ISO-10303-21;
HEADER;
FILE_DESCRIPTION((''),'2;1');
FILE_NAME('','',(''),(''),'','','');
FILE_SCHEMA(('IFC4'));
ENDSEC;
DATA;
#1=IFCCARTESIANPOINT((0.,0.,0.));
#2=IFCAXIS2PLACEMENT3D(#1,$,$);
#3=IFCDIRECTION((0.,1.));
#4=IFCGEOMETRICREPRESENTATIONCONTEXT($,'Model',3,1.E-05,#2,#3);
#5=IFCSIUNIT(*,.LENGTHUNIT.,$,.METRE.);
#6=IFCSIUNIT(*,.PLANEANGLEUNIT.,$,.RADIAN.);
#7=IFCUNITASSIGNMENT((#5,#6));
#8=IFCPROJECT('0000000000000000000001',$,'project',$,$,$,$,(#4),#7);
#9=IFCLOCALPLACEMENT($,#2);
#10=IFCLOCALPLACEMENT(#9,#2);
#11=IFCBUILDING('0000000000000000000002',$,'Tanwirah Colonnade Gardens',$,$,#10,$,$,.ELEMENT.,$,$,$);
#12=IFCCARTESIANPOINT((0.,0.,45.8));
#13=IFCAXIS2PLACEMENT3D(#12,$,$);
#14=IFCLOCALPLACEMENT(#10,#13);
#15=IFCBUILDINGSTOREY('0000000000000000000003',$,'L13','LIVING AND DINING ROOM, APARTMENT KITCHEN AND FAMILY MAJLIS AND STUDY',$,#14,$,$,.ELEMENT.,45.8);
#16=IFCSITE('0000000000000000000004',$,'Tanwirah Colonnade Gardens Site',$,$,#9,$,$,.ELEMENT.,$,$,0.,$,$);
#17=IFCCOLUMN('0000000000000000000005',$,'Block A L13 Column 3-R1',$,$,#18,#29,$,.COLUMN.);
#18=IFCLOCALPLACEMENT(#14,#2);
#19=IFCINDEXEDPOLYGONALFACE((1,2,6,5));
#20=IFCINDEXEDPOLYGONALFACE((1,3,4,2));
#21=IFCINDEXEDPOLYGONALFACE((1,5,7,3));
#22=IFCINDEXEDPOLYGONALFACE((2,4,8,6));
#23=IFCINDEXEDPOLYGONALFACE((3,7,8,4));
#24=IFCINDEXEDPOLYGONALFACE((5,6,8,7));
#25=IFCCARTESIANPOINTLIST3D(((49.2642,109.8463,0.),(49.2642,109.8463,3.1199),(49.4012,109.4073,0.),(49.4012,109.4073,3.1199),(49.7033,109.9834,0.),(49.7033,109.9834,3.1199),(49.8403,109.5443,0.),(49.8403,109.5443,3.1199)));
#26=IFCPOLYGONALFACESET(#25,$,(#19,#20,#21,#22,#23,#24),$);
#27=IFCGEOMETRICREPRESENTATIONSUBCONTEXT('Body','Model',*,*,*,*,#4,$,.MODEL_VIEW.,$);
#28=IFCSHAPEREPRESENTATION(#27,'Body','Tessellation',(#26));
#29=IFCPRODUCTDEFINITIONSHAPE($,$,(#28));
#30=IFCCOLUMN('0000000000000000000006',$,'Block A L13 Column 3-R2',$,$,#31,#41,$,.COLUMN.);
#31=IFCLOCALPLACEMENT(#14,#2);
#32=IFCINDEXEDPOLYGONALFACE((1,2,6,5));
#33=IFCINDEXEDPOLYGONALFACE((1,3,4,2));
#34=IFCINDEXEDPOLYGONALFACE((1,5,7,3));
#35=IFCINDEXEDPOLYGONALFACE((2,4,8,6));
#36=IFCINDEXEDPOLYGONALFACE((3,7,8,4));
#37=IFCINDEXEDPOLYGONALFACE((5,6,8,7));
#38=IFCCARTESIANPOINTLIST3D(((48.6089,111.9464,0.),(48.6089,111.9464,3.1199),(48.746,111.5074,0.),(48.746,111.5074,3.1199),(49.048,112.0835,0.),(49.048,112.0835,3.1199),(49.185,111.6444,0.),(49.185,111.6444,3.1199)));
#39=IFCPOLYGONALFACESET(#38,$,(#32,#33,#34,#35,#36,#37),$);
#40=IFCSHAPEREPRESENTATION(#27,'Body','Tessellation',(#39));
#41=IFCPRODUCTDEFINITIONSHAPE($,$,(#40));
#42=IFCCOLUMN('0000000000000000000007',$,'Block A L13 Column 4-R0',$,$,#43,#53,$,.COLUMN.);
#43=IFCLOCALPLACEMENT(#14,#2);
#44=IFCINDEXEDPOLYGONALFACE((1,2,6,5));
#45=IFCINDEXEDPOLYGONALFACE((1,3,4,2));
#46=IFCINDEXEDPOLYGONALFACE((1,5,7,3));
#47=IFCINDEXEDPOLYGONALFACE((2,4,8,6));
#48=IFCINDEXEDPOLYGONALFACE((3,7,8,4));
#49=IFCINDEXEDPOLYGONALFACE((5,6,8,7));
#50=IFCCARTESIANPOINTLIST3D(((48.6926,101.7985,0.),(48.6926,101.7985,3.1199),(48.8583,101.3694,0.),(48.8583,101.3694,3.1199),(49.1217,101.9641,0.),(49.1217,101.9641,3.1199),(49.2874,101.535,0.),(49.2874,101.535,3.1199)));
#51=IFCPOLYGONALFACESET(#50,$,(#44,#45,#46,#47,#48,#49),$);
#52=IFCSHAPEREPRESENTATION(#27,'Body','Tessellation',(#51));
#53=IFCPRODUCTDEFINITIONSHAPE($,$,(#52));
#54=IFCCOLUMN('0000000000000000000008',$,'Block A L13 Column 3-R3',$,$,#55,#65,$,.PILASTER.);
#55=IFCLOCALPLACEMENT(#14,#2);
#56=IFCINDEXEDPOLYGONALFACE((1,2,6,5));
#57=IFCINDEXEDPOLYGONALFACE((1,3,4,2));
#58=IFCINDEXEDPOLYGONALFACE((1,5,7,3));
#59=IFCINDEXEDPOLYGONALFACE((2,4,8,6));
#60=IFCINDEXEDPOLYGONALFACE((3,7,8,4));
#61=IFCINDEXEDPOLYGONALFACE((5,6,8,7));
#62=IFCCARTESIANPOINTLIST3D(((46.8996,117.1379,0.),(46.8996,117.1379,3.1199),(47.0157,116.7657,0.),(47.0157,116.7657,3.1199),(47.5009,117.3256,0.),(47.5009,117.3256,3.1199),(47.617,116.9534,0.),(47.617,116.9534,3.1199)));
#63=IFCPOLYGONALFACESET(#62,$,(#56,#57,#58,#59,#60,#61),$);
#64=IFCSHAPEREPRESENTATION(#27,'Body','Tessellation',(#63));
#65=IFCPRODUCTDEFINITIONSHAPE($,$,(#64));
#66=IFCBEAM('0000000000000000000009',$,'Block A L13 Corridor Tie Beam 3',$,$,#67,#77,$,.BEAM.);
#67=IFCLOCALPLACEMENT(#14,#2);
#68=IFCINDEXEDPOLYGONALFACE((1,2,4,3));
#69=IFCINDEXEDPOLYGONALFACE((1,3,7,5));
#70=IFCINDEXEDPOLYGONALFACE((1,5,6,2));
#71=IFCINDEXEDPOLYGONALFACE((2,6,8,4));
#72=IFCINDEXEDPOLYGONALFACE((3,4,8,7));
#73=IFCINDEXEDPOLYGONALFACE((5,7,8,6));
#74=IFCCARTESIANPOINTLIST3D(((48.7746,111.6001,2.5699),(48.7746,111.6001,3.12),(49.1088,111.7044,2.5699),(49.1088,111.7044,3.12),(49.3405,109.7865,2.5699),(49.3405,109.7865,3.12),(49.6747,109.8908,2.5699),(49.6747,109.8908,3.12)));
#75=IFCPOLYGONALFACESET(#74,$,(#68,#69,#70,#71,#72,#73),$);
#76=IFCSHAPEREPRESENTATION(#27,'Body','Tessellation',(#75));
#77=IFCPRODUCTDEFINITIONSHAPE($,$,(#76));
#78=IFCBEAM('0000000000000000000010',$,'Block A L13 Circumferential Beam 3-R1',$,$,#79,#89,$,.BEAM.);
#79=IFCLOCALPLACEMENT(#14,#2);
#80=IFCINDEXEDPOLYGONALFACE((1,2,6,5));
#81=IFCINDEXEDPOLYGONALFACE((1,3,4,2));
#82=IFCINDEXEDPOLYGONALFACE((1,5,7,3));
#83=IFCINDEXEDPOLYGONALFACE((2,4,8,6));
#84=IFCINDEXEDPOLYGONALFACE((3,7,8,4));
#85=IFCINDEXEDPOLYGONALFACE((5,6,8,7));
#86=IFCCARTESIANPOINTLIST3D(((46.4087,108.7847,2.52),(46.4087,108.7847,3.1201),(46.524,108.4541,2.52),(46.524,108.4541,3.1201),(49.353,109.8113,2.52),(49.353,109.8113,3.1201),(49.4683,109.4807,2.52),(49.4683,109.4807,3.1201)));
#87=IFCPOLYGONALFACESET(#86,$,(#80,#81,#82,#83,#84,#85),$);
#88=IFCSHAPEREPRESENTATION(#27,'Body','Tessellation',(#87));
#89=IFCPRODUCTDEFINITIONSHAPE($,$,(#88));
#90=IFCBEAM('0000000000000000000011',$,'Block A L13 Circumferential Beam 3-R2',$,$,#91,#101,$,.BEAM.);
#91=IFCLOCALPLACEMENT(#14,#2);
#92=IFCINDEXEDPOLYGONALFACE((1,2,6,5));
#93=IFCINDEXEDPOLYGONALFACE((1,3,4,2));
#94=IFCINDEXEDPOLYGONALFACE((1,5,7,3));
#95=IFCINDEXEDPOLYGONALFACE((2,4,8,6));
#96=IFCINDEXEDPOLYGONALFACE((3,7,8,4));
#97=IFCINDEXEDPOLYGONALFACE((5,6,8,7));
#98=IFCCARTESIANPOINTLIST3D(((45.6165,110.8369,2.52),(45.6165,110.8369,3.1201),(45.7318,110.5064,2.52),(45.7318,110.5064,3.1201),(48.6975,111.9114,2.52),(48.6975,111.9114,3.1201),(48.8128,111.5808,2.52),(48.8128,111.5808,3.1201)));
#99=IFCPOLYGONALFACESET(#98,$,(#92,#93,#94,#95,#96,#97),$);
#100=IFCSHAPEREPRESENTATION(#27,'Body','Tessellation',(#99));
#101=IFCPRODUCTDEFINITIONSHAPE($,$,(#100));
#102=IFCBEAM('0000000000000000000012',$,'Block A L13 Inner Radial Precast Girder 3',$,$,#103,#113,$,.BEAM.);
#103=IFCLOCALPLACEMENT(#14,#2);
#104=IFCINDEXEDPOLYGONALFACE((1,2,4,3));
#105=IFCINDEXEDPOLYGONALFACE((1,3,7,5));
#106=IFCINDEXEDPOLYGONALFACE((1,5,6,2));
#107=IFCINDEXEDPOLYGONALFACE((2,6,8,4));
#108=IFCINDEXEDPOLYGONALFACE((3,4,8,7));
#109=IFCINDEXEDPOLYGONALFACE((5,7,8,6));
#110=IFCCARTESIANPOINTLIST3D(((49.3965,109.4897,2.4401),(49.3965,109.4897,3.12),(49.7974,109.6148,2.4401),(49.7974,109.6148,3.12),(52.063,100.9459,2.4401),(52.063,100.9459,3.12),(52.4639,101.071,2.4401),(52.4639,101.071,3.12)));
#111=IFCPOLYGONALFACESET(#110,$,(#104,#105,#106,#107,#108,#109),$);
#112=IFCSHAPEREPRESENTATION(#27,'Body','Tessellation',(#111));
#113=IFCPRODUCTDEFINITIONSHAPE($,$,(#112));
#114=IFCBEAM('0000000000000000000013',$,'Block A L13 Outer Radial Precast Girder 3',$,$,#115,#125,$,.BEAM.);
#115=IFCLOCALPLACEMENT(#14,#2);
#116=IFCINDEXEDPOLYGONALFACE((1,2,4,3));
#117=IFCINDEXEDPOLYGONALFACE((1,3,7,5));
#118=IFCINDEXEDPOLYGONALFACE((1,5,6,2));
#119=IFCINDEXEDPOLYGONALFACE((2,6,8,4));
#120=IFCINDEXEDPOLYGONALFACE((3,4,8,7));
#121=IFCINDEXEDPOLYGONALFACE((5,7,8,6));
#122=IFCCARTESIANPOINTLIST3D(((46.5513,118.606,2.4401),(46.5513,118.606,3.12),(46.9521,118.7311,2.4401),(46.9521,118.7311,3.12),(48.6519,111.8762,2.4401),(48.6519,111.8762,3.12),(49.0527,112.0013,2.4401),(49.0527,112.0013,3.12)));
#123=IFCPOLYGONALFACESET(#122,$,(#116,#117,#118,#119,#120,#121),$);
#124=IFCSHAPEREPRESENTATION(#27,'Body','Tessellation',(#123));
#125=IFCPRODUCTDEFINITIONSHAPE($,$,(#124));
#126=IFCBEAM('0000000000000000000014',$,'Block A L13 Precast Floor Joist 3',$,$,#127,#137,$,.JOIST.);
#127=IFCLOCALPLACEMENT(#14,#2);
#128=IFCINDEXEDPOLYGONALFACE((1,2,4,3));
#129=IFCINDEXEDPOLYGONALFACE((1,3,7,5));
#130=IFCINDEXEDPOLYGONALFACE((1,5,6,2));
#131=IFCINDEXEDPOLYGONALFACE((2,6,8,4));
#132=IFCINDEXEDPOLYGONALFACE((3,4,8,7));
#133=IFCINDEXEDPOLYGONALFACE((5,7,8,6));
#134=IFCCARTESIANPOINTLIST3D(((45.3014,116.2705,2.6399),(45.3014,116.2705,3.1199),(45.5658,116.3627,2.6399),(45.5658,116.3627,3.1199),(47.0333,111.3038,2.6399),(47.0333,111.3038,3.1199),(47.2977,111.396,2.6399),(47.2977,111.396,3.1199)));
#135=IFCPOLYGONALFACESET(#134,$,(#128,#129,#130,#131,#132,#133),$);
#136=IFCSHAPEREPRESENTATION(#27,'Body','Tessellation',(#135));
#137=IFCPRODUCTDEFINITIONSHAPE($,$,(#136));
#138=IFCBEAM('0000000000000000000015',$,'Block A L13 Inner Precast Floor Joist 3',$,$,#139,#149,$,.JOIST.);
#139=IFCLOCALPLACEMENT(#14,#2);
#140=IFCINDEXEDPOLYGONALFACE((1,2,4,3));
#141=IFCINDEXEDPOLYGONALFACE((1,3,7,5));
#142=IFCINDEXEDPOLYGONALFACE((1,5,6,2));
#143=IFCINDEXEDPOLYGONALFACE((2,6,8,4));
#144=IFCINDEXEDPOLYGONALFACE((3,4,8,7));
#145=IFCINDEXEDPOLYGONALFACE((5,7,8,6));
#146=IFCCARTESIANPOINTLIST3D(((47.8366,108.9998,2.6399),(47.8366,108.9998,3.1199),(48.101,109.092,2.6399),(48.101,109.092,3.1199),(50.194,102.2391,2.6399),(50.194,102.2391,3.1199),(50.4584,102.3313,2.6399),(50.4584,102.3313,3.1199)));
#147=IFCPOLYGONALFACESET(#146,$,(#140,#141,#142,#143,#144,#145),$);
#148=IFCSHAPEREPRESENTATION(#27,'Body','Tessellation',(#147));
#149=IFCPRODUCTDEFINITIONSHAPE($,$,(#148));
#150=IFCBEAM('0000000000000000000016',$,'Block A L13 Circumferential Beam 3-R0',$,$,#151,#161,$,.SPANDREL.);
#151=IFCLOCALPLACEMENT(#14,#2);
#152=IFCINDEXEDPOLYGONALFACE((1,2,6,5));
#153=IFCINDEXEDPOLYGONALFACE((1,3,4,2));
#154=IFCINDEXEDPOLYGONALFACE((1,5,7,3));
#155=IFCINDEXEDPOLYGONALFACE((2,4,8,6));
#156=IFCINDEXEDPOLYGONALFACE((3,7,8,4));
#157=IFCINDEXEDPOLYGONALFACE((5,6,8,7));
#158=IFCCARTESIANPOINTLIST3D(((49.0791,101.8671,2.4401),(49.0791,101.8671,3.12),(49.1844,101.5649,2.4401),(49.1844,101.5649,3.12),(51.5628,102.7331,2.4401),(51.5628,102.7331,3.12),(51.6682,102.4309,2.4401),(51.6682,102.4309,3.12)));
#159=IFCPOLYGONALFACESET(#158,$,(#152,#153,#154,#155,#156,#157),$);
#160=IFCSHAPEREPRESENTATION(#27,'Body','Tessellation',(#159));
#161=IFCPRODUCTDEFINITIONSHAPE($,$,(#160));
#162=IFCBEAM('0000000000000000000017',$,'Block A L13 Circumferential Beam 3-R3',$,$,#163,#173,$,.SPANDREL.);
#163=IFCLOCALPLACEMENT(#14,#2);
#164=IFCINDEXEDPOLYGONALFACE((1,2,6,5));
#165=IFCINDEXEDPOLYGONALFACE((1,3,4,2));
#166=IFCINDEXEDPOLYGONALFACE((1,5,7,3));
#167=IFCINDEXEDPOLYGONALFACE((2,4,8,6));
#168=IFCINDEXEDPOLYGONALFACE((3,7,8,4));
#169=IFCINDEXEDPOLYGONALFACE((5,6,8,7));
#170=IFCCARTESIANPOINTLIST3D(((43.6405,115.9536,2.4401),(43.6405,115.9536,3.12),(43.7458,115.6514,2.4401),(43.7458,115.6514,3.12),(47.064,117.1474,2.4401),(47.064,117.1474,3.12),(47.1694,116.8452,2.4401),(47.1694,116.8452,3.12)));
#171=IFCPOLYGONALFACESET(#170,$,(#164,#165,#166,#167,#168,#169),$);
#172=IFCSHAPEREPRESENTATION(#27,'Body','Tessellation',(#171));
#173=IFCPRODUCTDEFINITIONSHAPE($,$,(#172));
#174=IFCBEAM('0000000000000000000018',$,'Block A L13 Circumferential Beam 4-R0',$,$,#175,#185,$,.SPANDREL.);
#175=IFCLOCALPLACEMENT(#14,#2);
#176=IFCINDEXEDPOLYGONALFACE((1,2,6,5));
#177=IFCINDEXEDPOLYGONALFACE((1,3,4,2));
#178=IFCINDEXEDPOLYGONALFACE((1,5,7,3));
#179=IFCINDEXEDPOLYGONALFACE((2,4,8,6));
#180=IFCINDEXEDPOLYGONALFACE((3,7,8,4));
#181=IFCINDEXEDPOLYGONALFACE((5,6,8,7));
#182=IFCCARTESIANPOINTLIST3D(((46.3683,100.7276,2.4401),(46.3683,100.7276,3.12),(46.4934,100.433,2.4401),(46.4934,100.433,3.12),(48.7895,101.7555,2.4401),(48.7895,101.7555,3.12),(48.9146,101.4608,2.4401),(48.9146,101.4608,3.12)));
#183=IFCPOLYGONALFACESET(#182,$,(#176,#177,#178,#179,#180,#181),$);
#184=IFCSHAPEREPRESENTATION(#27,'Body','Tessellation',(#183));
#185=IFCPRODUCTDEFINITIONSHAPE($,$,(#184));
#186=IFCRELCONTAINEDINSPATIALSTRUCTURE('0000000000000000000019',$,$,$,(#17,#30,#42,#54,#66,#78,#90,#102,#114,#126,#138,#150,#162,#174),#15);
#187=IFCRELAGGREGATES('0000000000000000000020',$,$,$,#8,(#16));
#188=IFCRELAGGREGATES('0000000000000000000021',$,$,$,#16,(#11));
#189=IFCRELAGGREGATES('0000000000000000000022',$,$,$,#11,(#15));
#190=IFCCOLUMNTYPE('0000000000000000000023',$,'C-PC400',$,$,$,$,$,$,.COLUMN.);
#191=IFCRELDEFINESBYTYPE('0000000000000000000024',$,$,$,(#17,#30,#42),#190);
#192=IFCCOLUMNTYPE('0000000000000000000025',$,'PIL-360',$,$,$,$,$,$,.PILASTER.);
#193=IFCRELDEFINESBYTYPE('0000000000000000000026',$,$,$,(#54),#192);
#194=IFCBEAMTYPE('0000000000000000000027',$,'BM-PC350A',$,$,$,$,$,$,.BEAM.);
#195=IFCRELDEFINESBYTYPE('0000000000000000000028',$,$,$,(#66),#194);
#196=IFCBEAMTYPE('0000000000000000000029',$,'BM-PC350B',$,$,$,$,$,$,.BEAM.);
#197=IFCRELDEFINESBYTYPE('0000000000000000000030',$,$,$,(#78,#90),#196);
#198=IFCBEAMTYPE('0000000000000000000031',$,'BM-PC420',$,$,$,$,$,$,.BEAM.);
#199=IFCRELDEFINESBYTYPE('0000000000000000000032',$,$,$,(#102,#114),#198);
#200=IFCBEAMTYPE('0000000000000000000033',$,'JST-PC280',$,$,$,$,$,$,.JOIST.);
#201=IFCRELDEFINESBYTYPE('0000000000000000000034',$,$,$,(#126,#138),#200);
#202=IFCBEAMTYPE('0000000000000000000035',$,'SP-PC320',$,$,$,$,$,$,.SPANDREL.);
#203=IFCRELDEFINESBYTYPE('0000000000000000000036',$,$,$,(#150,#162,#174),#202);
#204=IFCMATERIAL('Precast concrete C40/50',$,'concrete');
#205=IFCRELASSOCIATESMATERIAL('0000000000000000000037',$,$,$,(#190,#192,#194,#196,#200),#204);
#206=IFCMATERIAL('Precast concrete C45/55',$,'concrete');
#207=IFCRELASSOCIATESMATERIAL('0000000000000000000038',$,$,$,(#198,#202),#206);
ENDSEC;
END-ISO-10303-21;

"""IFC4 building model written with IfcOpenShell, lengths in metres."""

from ifc_helpers import new_model, si_unit, direction, frame, origin, origin_2d, place, context, subcontext, project, spatial, rectangle, extrude, material, material_profile, profile_set, type_object, element, save


model = new_model("IFC4")

# Units and contexts
model_context = context("Model", 3, precision=1e-05, world=origin(), true_north=direction((0.0, 1.0)))
body_context = subcontext(model_context, "Body", "Model", "MODEL_VIEW")
ifc_project = project(units=[si_unit("LENGTHUNIT", "METRE"), si_unit("PLANEANGLEUNIT", "RADIAN")], contexts=[model_context])

# Site, building, storey
site_placement = place(None, origin())
site = spatial("IfcSite", under=ifc_project, at=site_placement, Name="Tanwirah Colonnade Gardens Site", CompositionType="ELEMENT", RefElevation=0.0)
building_placement = place(site_placement, origin())
building = spatial("IfcBuilding", under=site, at=building_placement, Name="Tanwirah Colonnade Gardens", CompositionType="ELEMENT")
storey_placement = place(building_placement, frame((0.0, 0.0, 45.8)))
storey = spatial("IfcBuildingStorey", under=building, at=storey_placement, Name="L13", Description="LIVING AND DINING ROOM, APARTMENT KITCHEN AND FAMILY MAJLIS AND STUDY", CompositionType="ELEMENT", Elevation=45.8)

# Columns
ifc_material_1 = material(Name="Precast concrete C40/50", Category="concrete")
ifc_material_profile_1 = material_profile(ifc_material_1, rectangle(XDim=0.46, YDim=0.46, at=origin_2d()), Name="PC-COL 460x460")
ifc_profile_set_1 = profile_set([ifc_material_profile_1], Name="Precast concrete C40/50")
column_type_1 = type_object("IfcColumnType", Name="C-PC400", PredefinedType="COLUMN", material=ifc_profile_set_1)
for number, where, z_axis, x_axis, name in (
    (1, (49.5522, 109.6953, 0.0), (0.0, 0.0, 1.0), (-0.29793, 0.954588, 0.0), "Block A L13 Column 3-R1"),
    (2, (48.897, 111.7954, 0.0), (0.0, 0.0, 1.0), (-0.29793, 0.954588, 0.0), "Block A L13 Column 3-R2"),
    (3, (48.99, 101.6667, 0.0), (0.0, 0.0, 1.0), (-0.360178, 0.932884, 0.0), "Block A L13 Column 4-R0"),
):
    element("IfcColumn", number, at=place(storey_placement, frame(where, z_axis=z_axis, x_axis=x_axis)), inside=storey, type_object=column_type_1, Name=name, PredefinedType="COLUMN", context=body_context, shape_type="SweptSolid", body=[
        extrude(rectangle(XDim=0.46, YDim=0.46, at=origin_2d()), origin(), (0.0, 0.0, 1.0), 3.1199),
    ])
ifc_material_profile_2 = material_profile(ifc_material_1, rectangle(XDim=0.3899, YDim=0.6299, at=origin_2d()), Name="PC-PIL 390x630")
ifc_profile_set_2 = profile_set([ifc_material_profile_2], Name="Precast concrete C40/50")
column_type_2 = type_object("IfcColumnType", Name="PIL-360", PredefinedType="PILASTER", material=ifc_profile_set_2)
column_placement = place(storey_placement, frame((47.2583, 117.0457, 0.0), z_axis=(0.0, 0.0, 1.0), x_axis=(-0.29793, 0.954588, 0.0)))
element("IfcColumn", 4, at=column_placement, inside=storey, type_object=column_type_2, Name="Block A L13 Column 3-R3", PredefinedType="PILASTER", context=body_context, shape_type="SweptSolid", body=[
    extrude(rectangle(XDim=0.3899, YDim=0.6299, at=origin_2d()), origin(), (0.0, 0.0, 1.0), 3.1199),
])

# Beams
ifc_material_profile_3 = material_profile(ifc_material_1, rectangle(XDim=0.3501, YDim=0.55, at=origin_2d()), Name="PC-BM 350x550")
ifc_profile_set_3 = profile_set([ifc_material_profile_3], Name="Precast concrete C40/50")
beam_type_1 = type_object("IfcBeamType", Name="BM-PC350A", PredefinedType="BEAM", material=ifc_profile_set_3)
beam_1_placement = place(storey_placement, frame((49.5076, 109.8386, 2.845), z_axis=(-0.297858, 0.95461, 0.0), x_axis=(-0.95461, -0.297858, 0.0)))
element("IfcBeam", 5, at=beam_1_placement, inside=storey, type_object=beam_type_1, Name="Block A L13 Corridor Tie Beam 3", PredefinedType="BEAM", context=body_context, shape_type="SweptSolid", body=[
    extrude(rectangle(XDim=0.3501, YDim=0.55, at=origin_2d()), origin(), (0.0, 0.0, 1.0), 1.8999),
])
ifc_material_profile_4 = material_profile(ifc_material_1, rectangle(XDim=0.3501, YDim=0.6001, at=origin_2d()), Name="PC-BM 350x600")
ifc_profile_set_4 = profile_set([ifc_material_profile_4], Name="Precast concrete C40/50")
beam_type_2 = type_object("IfcBeamType", Name="BM-PC350B", PredefinedType="BEAM", material=ifc_profile_set_4)
beam_2_placement = place(storey_placement, frame((49.4106, 109.646, 2.8201), z_axis=(-0.944248, -0.329234, 0.0), x_axis=(0.329234, -0.944248, 0.0)))
element("IfcBeam", 6, at=beam_2_placement, inside=storey, type_object=beam_type_2, Name="Block A L13 Circumferential Beam 3-R1", PredefinedType="BEAM", context=body_context, shape_type="SweptSolid", body=[
    extrude(rectangle(XDim=0.3501, YDim=0.6001, at=origin_2d()), origin(), (0.0, 0.0, 1.0), 3.1182),
])
beam_3_placement = place(storey_placement, frame((48.7551, 111.7461, 2.8201), z_axis=(-0.944231, -0.329284, 0.0), x_axis=(0.329284, -0.944231, 0.0)))
element("IfcBeam", 7, at=beam_3_placement, inside=storey, type_object=beam_type_2, Name="Block A L13 Circumferential Beam 3-R2", PredefinedType="BEAM", context=body_context, shape_type="SweptSolid", body=[
    extrude(rectangle(XDim=0.3501, YDim=0.6001, at=origin_2d()), origin(), (0.0, 0.0, 1.0), 3.2629),
])
ifc_material_2 = material(Name="Precast concrete C45/55", Category="concrete")
ifc_material_profile_5 = material_profile(ifc_material_2, rectangle(XDim=0.4199, YDim=0.6799, at=origin_2d()), Name="PC-BM 420x680")
ifc_profile_set_5 = profile_set([ifc_material_profile_5], Name="Precast concrete C45/55")
beam_type_3 = type_object("IfcBeamType", Name="BM-PC420", PredefinedType="BEAM", material=ifc_profile_set_5)
beam_4_placement = place(storey_placement, frame((49.5969, 109.5522, 2.78), z_axis=(0.297929, -0.954588, 0.0), x_axis=(0.954588, 0.297929, 0.0)))
element("IfcBeam", 8, at=beam_4_placement, inside=storey, type_object=beam_type_3, Name="Block A L13 Inner Radial Precast Girder 3", PredefinedType="BEAM", context=body_context, shape_type="SweptSolid", body=[
    extrude(rectangle(XDim=0.4199, YDim=0.6799, at=origin_2d()), origin(), (0.0, 0.0, 1.0), 8.9502),
])
beam_5_placement = place(storey_placement, frame((48.8523, 111.9387, 2.78), z_axis=(-0.297958, 0.954579, 0.0), x_axis=(-0.954579, -0.297958, 0.0)))
element("IfcBeam", 9, at=beam_5_placement, inside=storey, type_object=beam_type_3, Name="Block A L13 Outer Radial Precast Girder 3", PredefinedType="BEAM", context=body_context, shape_type="SweptSolid", body=[
    extrude(rectangle(XDim=0.4199, YDim=0.6799, at=origin_2d()), origin(), (0.0, 0.0, 1.0), 7.05),
])
ifc_material_profile_6 = material_profile(ifc_material_1, rectangle(XDim=0.28, YDim=0.48, at=origin_2d()), Name="PC-JST 280x480")
ifc_profile_set_6 = profile_set([ifc_material_profile_6], Name="Precast concrete C40/50")
beam_type_4 = type_object("IfcBeamType", Name="JST-PC280", PredefinedType="JOIST", material=ifc_profile_set_6)
beam_6_placement = place(storey_placement, frame((47.1655, 111.3499, 2.8799), z_axis=(-0.329259, 0.94424, 0.0), x_axis=(-0.94424, -0.329259, 0.0)))
element("IfcBeam", 10, at=beam_6_placement, inside=storey, type_object=beam_type_4, Name="Block A L13 Precast Floor Joist 3", PredefinedType="JOIST", context=body_context, shape_type="SweptSolid", body=[
    extrude(rectangle(XDim=0.28, YDim=0.48, at=origin_2d()), origin(), (0.0, 0.0, 1.0), 5.26),
])
beam_7_placement = place(storey_placement, frame((50.3262, 102.2852, 2.8799), z_axis=(-0.329251, 0.944243, 0.0), x_axis=(-0.944243, -0.329251, 0.0)))
element("IfcBeam", 11, at=beam_7_placement, inside=storey, type_object=beam_type_4, Name="Block A L13 Inner Precast Floor Joist 3", PredefinedType="JOIST", context=body_context, shape_type="SweptSolid", body=[
    extrude(rectangle(XDim=0.28, YDim=0.48, at=origin_2d()), origin(), (0.0, 0.0, 1.0), 7.1599),
])
ifc_material_profile_7 = material_profile(ifc_material_2, rectangle(XDim=0.3201, YDim=0.6799, at=origin_2d()), Name="PC-SP 320x680")
ifc_profile_set_7 = profile_set([ifc_material_profile_7], Name="Precast concrete C45/55")
beam_type_5 = type_object("IfcBeamType", Name="SP-PC320", PredefinedType="SPANDREL", material=ifc_profile_set_7)
beam_8_placement = place(storey_placement, frame((51.6155, 102.582, 2.78), z_axis=(-0.94425, -0.32923, 0.0), x_axis=(0.32923, -0.94425, 0.0)))
element("IfcBeam", 12, at=beam_8_placement, inside=storey, type_object=beam_type_5, Name="Block A L13 Circumferential Beam 3-R0", PredefinedType="SPANDREL", context=body_context, shape_type="SweptSolid", body=[
    extrude(rectangle(XDim=0.3201, YDim=0.6799, at=origin_2d()), origin(), (0.0, 0.0, 1.0), 2.6304),
])
beam_9_placement = place(storey_placement, frame((47.1167, 116.9963, 2.78), z_axis=(-0.944237, -0.329267, 0.0), x_axis=(0.329267, -0.944237, 0.0)))
element("IfcBeam", 13, at=beam_9_placement, inside=storey, type_object=beam_type_5, Name="Block A L13 Circumferential Beam 3-R3", PredefinedType="SPANDREL", context=body_context, shape_type="SweptSolid", body=[
    extrude(rectangle(XDim=0.3201, YDim=0.6799, at=origin_2d()), origin(), (0.0, 0.0, 1.0), 3.6257),
])
beam_10_placement = place(storey_placement, frame((48.8521, 101.6082, 2.78), z_axis=(-0.920489, -0.390769, 0.0), x_axis=(0.390769, -0.920489, 0.0)))
element("IfcBeam", 14, at=beam_10_placement, inside=storey, type_object=beam_type_5, Name="Block A L13 Circumferential Beam 4-R0", PredefinedType="SPANDREL", context=body_context, shape_type="SweptSolid", body=[
    extrude(rectangle(XDim=0.3201, YDim=0.6799, at=origin_2d()), origin(), (0.0, 0.0, 1.0), 2.6304),
])

save(model, "model.ifc")
